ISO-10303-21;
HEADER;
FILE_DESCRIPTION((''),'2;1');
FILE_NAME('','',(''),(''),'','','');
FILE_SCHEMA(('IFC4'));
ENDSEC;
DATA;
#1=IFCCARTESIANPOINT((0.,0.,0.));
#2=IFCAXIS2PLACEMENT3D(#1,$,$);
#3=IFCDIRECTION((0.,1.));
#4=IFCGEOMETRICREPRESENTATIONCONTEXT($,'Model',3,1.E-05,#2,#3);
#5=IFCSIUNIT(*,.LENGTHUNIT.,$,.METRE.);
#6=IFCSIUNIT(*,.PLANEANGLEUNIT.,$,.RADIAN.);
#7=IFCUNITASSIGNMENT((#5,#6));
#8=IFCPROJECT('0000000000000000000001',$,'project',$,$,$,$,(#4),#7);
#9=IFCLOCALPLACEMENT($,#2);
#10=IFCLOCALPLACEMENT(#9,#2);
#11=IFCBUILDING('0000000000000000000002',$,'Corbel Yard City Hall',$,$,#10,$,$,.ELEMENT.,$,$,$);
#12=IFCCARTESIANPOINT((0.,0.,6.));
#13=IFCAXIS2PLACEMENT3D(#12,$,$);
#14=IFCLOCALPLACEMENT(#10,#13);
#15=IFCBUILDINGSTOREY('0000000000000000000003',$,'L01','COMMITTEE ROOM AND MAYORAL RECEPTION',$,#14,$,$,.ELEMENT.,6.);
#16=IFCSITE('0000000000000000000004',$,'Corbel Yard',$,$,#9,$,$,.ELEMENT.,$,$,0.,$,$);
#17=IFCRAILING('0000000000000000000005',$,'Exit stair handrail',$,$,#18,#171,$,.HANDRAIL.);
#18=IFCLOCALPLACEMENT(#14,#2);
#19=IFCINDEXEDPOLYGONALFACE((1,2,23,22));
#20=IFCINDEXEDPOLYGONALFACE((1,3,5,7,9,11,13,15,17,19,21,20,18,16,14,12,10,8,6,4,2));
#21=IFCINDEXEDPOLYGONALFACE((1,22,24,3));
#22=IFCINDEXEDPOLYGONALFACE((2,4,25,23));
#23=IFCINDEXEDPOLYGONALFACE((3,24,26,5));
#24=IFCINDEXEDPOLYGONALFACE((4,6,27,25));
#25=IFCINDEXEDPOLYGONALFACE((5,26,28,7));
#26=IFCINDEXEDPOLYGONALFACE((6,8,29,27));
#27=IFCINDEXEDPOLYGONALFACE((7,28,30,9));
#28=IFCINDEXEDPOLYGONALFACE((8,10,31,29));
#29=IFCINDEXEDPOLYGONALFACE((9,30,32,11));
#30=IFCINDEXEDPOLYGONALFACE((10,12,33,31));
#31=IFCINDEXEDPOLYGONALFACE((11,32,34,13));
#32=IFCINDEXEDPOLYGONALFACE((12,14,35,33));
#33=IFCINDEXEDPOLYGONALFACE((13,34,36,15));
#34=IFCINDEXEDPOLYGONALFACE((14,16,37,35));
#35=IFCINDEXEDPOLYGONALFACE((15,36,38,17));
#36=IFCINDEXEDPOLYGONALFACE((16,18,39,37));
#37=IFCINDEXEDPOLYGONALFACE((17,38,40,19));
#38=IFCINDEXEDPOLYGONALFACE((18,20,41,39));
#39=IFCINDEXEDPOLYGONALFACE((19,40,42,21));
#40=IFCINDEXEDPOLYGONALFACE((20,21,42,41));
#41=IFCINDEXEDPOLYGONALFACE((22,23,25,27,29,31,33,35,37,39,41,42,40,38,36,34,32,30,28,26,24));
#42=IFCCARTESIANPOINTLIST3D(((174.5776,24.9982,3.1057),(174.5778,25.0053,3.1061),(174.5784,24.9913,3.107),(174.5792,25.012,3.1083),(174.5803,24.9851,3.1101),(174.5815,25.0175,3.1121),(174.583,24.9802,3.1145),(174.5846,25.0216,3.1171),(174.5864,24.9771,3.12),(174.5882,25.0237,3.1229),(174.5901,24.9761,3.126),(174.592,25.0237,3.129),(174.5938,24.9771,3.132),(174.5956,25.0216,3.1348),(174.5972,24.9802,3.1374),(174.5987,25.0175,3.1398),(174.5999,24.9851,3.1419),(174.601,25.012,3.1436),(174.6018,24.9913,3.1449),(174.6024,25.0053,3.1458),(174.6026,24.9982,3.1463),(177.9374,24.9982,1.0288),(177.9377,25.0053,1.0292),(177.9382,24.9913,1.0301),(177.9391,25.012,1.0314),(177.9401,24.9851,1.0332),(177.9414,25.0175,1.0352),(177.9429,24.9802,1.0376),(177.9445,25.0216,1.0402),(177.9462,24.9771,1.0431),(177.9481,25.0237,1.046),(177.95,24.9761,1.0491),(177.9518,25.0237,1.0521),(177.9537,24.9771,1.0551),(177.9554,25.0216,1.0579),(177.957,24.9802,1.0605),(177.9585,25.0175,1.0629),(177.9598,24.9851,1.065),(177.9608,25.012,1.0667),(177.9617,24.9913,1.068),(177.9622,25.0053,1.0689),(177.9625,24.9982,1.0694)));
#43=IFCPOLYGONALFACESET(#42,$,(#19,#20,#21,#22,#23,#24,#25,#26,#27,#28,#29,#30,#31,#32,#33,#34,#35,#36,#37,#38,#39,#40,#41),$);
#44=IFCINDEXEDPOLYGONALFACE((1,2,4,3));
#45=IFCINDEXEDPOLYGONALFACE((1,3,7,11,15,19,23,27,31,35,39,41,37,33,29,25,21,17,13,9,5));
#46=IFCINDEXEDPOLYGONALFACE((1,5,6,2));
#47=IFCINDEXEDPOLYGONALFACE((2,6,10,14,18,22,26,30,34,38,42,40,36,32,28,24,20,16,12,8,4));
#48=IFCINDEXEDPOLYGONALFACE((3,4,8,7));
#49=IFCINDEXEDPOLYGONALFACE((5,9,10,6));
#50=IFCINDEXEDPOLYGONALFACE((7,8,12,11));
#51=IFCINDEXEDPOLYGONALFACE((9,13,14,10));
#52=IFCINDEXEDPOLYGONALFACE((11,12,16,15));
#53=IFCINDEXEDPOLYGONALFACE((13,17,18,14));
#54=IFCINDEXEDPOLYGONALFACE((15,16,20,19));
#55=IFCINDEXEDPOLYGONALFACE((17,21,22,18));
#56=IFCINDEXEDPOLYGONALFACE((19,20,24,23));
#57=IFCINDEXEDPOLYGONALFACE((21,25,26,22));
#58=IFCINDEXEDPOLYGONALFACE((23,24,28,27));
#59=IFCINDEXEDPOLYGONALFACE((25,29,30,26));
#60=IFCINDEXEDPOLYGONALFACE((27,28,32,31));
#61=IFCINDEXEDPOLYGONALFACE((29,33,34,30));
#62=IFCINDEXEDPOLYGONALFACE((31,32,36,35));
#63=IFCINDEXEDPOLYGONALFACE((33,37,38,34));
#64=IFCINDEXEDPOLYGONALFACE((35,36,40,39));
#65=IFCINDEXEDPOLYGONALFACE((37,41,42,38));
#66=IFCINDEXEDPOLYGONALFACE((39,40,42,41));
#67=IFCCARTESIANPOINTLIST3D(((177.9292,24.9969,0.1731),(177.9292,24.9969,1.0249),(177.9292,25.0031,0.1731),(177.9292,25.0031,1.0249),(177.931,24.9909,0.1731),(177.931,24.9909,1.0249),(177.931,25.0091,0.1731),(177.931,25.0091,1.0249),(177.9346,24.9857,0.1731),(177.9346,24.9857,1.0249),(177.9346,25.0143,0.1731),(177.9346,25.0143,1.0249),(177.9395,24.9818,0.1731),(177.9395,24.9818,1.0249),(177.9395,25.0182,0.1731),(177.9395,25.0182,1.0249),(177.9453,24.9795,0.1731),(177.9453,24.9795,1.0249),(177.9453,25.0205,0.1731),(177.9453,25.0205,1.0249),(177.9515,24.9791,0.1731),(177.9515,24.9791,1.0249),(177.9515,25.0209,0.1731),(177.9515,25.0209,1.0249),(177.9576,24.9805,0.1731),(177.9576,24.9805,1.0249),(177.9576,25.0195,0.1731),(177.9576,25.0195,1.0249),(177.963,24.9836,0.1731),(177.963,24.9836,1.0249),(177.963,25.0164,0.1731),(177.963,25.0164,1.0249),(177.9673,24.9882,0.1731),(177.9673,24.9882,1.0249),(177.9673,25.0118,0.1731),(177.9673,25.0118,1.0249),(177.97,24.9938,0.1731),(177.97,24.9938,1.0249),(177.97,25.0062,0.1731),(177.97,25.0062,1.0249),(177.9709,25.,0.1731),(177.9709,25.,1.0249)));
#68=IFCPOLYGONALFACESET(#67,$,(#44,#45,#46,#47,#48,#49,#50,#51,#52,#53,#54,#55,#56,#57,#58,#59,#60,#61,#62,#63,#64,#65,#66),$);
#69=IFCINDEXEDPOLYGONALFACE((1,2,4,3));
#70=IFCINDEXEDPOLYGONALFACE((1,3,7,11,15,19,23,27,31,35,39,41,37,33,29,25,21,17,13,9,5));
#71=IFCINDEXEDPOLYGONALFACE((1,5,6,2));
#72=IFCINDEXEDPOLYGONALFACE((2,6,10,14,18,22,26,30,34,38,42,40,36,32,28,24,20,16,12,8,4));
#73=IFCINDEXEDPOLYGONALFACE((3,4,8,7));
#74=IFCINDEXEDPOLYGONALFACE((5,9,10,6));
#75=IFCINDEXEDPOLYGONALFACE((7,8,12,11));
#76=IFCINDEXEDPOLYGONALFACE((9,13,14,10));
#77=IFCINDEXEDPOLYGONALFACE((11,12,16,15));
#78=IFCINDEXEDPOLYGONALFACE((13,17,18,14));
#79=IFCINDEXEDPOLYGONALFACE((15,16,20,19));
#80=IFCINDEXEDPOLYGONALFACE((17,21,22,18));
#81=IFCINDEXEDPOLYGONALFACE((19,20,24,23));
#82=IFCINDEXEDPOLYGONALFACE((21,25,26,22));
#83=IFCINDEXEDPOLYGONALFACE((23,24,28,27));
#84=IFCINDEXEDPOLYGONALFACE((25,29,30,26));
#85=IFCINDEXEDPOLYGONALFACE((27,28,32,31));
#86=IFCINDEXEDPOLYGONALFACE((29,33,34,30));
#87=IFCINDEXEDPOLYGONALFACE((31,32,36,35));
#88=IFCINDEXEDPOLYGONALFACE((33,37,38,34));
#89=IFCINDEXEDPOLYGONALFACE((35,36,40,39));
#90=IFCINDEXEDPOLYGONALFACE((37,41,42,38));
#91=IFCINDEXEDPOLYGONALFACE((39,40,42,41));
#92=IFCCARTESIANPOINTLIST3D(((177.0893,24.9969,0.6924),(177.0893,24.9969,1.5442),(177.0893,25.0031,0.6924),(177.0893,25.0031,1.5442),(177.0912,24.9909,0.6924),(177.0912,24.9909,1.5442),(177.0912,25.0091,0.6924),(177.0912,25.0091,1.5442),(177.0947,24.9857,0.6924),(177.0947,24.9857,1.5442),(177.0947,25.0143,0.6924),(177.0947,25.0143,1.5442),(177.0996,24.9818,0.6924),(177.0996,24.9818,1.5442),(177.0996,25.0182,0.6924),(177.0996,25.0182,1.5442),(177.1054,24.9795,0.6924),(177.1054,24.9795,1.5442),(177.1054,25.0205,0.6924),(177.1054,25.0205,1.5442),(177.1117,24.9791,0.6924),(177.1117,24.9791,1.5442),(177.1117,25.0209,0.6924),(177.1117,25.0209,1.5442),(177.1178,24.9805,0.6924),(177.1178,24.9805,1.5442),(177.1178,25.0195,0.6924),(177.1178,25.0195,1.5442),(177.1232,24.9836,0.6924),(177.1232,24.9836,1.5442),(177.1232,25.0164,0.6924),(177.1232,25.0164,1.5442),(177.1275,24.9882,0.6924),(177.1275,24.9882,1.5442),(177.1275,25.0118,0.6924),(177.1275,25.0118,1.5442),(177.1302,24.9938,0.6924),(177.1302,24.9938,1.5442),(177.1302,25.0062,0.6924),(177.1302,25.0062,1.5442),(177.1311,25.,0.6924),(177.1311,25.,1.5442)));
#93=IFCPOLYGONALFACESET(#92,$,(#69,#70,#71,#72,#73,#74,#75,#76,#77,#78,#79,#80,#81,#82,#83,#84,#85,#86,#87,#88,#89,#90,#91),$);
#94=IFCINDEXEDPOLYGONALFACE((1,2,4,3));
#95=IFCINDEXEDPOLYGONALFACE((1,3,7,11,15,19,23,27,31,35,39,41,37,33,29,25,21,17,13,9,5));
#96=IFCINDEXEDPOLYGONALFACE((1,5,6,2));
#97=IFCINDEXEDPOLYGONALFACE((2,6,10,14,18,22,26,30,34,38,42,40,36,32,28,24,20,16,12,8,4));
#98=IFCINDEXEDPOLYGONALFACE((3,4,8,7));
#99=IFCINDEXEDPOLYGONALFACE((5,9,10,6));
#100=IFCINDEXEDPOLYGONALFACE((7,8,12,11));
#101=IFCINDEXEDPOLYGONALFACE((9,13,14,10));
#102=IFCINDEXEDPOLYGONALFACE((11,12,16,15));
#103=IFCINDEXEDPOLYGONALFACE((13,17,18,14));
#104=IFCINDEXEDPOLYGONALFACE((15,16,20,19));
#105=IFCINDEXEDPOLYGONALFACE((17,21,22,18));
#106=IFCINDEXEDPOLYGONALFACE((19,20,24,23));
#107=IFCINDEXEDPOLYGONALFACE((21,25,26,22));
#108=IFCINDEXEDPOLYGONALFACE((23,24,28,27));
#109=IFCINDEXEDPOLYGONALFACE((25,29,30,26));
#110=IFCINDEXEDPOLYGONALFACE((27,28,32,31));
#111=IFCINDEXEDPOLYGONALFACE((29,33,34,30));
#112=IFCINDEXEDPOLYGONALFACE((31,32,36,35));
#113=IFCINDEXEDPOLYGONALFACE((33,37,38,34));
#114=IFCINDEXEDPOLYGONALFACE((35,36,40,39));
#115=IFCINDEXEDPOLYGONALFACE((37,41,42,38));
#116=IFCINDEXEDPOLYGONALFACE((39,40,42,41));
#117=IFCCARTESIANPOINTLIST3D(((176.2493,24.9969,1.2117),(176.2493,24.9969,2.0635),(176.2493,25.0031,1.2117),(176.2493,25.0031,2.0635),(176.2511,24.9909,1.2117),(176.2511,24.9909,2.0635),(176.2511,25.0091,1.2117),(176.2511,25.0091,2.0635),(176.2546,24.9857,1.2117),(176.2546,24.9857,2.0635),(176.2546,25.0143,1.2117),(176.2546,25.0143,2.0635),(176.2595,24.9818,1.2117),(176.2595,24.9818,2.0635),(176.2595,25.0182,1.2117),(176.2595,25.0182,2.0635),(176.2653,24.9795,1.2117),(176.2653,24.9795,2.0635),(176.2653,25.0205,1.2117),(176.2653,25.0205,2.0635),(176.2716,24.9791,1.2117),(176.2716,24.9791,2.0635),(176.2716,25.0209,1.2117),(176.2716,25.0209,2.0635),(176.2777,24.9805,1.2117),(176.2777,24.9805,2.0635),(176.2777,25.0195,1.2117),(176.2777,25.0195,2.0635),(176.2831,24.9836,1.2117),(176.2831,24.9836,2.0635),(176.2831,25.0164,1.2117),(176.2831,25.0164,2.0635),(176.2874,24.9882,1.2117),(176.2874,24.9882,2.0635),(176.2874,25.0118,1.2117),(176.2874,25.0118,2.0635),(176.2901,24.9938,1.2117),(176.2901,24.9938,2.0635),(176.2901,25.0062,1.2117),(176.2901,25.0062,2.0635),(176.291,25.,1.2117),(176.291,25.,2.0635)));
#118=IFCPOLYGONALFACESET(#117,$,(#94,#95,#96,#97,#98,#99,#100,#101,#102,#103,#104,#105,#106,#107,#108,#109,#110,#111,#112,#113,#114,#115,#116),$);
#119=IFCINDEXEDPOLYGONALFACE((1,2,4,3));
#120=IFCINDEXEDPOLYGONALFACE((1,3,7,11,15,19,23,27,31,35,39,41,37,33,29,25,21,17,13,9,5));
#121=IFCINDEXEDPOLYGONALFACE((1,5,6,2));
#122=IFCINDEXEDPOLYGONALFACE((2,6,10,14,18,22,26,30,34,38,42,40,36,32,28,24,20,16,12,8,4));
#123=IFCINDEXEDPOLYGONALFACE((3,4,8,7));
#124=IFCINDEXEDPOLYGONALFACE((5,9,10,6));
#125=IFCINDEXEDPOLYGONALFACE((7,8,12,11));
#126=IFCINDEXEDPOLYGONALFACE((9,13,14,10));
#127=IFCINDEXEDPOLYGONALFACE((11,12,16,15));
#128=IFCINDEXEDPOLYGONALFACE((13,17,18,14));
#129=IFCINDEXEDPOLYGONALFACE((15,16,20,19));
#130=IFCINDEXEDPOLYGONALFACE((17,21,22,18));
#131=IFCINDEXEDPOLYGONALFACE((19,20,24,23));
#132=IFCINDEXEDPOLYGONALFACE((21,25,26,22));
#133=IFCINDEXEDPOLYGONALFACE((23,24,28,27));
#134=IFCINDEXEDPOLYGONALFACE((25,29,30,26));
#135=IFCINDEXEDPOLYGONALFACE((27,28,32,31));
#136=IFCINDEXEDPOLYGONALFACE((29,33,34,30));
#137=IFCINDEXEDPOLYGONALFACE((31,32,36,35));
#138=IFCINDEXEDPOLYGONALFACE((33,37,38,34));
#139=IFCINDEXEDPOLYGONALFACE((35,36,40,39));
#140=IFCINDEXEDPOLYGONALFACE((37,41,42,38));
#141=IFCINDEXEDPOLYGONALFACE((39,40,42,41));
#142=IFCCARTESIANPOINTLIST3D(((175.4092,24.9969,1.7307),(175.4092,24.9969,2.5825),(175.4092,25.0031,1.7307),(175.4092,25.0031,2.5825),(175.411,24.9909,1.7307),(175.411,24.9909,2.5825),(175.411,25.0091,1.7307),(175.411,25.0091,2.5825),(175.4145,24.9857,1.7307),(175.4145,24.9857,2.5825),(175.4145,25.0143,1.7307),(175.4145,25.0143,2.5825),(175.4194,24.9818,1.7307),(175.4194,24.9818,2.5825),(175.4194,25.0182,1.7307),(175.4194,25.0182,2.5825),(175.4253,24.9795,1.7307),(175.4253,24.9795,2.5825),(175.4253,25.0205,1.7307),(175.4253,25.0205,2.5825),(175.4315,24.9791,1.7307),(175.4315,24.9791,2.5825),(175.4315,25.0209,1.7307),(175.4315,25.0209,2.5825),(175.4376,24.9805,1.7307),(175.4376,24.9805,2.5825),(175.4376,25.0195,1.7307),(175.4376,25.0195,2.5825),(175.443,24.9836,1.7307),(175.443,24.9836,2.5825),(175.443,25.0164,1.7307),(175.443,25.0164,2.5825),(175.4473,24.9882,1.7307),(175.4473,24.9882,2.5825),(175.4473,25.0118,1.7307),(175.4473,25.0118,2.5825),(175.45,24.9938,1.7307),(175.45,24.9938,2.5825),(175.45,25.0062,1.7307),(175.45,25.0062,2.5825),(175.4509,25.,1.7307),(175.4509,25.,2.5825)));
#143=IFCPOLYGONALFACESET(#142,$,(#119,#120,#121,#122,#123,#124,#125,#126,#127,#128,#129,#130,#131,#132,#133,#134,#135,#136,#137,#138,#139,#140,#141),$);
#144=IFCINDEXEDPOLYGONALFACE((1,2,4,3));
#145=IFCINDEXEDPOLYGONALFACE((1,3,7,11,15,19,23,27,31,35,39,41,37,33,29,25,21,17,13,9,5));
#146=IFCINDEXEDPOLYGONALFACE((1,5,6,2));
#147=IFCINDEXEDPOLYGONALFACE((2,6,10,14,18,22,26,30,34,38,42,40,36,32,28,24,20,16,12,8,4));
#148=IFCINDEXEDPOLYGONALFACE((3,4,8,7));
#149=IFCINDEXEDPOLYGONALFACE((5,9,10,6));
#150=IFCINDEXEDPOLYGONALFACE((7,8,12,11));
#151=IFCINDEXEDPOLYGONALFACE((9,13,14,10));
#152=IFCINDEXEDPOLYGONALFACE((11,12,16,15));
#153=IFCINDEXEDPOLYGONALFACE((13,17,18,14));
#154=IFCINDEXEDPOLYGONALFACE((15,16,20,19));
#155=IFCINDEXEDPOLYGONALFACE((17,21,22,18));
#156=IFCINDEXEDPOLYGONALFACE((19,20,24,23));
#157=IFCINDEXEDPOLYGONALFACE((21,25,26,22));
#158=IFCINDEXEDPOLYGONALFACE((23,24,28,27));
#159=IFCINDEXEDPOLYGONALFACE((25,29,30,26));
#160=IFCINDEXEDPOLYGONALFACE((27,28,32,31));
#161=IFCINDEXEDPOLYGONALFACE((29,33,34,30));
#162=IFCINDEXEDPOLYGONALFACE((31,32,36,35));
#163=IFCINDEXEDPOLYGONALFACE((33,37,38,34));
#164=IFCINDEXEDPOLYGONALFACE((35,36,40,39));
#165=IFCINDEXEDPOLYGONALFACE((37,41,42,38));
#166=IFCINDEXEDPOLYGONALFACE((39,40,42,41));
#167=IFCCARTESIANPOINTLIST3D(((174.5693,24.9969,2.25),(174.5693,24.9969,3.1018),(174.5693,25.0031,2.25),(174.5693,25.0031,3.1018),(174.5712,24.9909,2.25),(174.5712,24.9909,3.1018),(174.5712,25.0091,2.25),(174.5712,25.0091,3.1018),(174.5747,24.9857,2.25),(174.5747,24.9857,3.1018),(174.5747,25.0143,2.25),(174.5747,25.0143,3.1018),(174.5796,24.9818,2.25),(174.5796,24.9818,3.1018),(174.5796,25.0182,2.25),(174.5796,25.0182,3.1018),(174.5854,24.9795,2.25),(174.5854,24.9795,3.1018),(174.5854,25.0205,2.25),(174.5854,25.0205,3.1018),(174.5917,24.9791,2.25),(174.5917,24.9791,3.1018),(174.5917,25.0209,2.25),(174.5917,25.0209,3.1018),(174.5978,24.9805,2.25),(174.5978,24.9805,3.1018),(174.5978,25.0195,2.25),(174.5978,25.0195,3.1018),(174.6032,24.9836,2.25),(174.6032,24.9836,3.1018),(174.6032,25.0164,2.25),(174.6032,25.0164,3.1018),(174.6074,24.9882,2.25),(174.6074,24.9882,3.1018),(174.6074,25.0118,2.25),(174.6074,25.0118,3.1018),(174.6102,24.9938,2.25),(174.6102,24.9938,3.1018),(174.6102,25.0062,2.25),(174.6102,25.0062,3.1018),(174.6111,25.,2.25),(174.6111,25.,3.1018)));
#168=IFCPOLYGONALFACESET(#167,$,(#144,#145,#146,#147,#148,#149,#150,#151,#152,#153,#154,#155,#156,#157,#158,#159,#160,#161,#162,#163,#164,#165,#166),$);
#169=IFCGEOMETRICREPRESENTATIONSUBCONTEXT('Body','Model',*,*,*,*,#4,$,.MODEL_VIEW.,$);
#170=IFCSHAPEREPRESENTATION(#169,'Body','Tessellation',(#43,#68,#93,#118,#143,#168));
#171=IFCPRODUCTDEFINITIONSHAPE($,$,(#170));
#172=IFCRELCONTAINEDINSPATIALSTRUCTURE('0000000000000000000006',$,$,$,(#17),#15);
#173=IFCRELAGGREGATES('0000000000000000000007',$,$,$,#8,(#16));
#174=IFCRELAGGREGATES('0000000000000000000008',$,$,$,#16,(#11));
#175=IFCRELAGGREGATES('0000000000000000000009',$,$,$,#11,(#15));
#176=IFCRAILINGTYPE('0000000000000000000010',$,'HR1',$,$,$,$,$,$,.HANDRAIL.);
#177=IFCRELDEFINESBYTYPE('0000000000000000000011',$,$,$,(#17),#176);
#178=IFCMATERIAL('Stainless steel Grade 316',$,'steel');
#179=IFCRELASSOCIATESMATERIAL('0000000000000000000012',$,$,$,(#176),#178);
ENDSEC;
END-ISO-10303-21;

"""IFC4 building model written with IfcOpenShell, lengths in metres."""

from ifc_helpers import new_model, si_unit, direction, frame, origin, origin_2d, place, context, subcontext, project, spatial, circle, extrude, material, type_object, element, save


model = new_model("IFC4")

# Units and contexts
model_context = context("Model", 3, precision=1e-05, world=origin(), true_north=direction((0.0, 1.0)))
body_context = subcontext(model_context, "Body", "Model", "MODEL_VIEW")
ifc_project = project(units=[si_unit("LENGTHUNIT", "METRE"), si_unit("PLANEANGLEUNIT", "RADIAN")], contexts=[model_context])

# Site, building, storey
site_placement = place(None, origin())
site = spatial("IfcSite", under=ifc_project, at=site_placement, Name="Corbel Yard", CompositionType="ELEMENT", RefElevation=0.0)
building_placement = place(site_placement, origin())
building = spatial("IfcBuilding", under=site, at=building_placement, Name="Corbel Yard City Hall", CompositionType="ELEMENT")
storey_placement = place(building_placement, frame((0.0, 0.0, 6.0)))
storey = spatial("IfcBuildingStorey", under=building, at=storey_placement, Name="L01", Description="COMMITTEE ROOM AND MAYORAL RECEPTION", CompositionType="ELEMENT", Elevation=6.0)

# Shared definitions
ifc_material_1 = material(Name="Stainless steel Grade 316", Category="steel")

# Railing
railing_type_1 = type_object("IfcRailingType", Name="HR1", PredefinedType="HANDRAIL", material=ifc_material_1)
for number, where, name in (
    (1, (177.95, 25.0, 0.1731), "Exit stair handrail"),
):
    element("IfcRailing", number, at=place(storey_placement, frame(where)), inside=storey, type_object=railing_type_1, Name=name, PredefinedType="HANDRAIL", context=body_context, shape_type="SweptSolid", body=[
        extrude(circle(Radius=0.0239, at=origin_2d()), frame((0.0, 0.0, 0.876), z_axis=(-0.850606, 0.0, 0.525803), x_axis=(0.0, -1.0, 0.0)), (0.0, 0.0, 1.0), 3.95),
        extrude(circle(Radius=0.021, at=origin_2d()), origin(), (0.0, 0.0, 1.0), 0.8518),
        extrude(circle(Radius=0.021, at=origin_2d()), frame((-0.8398, 0.0, 0.5193)), (0.0, 0.0, 1.0), 0.8518),
        extrude(circle(Radius=0.021, at=origin_2d()), frame((-1.6799, 0.0, 1.0386)), (0.0, 0.0, 1.0), 0.8518),
        extrude(circle(Radius=0.021, at=origin_2d()), frame((-2.52, 0.0, 1.5576)), (0.0, 0.0, 1.0), 0.8518),
        extrude(circle(Radius=0.021, at=origin_2d()), frame((-3.3599, 0.0, 2.0769)), (0.0, 0.0, 1.0), 0.8518),
    ])

save(model, "model.ifc")
